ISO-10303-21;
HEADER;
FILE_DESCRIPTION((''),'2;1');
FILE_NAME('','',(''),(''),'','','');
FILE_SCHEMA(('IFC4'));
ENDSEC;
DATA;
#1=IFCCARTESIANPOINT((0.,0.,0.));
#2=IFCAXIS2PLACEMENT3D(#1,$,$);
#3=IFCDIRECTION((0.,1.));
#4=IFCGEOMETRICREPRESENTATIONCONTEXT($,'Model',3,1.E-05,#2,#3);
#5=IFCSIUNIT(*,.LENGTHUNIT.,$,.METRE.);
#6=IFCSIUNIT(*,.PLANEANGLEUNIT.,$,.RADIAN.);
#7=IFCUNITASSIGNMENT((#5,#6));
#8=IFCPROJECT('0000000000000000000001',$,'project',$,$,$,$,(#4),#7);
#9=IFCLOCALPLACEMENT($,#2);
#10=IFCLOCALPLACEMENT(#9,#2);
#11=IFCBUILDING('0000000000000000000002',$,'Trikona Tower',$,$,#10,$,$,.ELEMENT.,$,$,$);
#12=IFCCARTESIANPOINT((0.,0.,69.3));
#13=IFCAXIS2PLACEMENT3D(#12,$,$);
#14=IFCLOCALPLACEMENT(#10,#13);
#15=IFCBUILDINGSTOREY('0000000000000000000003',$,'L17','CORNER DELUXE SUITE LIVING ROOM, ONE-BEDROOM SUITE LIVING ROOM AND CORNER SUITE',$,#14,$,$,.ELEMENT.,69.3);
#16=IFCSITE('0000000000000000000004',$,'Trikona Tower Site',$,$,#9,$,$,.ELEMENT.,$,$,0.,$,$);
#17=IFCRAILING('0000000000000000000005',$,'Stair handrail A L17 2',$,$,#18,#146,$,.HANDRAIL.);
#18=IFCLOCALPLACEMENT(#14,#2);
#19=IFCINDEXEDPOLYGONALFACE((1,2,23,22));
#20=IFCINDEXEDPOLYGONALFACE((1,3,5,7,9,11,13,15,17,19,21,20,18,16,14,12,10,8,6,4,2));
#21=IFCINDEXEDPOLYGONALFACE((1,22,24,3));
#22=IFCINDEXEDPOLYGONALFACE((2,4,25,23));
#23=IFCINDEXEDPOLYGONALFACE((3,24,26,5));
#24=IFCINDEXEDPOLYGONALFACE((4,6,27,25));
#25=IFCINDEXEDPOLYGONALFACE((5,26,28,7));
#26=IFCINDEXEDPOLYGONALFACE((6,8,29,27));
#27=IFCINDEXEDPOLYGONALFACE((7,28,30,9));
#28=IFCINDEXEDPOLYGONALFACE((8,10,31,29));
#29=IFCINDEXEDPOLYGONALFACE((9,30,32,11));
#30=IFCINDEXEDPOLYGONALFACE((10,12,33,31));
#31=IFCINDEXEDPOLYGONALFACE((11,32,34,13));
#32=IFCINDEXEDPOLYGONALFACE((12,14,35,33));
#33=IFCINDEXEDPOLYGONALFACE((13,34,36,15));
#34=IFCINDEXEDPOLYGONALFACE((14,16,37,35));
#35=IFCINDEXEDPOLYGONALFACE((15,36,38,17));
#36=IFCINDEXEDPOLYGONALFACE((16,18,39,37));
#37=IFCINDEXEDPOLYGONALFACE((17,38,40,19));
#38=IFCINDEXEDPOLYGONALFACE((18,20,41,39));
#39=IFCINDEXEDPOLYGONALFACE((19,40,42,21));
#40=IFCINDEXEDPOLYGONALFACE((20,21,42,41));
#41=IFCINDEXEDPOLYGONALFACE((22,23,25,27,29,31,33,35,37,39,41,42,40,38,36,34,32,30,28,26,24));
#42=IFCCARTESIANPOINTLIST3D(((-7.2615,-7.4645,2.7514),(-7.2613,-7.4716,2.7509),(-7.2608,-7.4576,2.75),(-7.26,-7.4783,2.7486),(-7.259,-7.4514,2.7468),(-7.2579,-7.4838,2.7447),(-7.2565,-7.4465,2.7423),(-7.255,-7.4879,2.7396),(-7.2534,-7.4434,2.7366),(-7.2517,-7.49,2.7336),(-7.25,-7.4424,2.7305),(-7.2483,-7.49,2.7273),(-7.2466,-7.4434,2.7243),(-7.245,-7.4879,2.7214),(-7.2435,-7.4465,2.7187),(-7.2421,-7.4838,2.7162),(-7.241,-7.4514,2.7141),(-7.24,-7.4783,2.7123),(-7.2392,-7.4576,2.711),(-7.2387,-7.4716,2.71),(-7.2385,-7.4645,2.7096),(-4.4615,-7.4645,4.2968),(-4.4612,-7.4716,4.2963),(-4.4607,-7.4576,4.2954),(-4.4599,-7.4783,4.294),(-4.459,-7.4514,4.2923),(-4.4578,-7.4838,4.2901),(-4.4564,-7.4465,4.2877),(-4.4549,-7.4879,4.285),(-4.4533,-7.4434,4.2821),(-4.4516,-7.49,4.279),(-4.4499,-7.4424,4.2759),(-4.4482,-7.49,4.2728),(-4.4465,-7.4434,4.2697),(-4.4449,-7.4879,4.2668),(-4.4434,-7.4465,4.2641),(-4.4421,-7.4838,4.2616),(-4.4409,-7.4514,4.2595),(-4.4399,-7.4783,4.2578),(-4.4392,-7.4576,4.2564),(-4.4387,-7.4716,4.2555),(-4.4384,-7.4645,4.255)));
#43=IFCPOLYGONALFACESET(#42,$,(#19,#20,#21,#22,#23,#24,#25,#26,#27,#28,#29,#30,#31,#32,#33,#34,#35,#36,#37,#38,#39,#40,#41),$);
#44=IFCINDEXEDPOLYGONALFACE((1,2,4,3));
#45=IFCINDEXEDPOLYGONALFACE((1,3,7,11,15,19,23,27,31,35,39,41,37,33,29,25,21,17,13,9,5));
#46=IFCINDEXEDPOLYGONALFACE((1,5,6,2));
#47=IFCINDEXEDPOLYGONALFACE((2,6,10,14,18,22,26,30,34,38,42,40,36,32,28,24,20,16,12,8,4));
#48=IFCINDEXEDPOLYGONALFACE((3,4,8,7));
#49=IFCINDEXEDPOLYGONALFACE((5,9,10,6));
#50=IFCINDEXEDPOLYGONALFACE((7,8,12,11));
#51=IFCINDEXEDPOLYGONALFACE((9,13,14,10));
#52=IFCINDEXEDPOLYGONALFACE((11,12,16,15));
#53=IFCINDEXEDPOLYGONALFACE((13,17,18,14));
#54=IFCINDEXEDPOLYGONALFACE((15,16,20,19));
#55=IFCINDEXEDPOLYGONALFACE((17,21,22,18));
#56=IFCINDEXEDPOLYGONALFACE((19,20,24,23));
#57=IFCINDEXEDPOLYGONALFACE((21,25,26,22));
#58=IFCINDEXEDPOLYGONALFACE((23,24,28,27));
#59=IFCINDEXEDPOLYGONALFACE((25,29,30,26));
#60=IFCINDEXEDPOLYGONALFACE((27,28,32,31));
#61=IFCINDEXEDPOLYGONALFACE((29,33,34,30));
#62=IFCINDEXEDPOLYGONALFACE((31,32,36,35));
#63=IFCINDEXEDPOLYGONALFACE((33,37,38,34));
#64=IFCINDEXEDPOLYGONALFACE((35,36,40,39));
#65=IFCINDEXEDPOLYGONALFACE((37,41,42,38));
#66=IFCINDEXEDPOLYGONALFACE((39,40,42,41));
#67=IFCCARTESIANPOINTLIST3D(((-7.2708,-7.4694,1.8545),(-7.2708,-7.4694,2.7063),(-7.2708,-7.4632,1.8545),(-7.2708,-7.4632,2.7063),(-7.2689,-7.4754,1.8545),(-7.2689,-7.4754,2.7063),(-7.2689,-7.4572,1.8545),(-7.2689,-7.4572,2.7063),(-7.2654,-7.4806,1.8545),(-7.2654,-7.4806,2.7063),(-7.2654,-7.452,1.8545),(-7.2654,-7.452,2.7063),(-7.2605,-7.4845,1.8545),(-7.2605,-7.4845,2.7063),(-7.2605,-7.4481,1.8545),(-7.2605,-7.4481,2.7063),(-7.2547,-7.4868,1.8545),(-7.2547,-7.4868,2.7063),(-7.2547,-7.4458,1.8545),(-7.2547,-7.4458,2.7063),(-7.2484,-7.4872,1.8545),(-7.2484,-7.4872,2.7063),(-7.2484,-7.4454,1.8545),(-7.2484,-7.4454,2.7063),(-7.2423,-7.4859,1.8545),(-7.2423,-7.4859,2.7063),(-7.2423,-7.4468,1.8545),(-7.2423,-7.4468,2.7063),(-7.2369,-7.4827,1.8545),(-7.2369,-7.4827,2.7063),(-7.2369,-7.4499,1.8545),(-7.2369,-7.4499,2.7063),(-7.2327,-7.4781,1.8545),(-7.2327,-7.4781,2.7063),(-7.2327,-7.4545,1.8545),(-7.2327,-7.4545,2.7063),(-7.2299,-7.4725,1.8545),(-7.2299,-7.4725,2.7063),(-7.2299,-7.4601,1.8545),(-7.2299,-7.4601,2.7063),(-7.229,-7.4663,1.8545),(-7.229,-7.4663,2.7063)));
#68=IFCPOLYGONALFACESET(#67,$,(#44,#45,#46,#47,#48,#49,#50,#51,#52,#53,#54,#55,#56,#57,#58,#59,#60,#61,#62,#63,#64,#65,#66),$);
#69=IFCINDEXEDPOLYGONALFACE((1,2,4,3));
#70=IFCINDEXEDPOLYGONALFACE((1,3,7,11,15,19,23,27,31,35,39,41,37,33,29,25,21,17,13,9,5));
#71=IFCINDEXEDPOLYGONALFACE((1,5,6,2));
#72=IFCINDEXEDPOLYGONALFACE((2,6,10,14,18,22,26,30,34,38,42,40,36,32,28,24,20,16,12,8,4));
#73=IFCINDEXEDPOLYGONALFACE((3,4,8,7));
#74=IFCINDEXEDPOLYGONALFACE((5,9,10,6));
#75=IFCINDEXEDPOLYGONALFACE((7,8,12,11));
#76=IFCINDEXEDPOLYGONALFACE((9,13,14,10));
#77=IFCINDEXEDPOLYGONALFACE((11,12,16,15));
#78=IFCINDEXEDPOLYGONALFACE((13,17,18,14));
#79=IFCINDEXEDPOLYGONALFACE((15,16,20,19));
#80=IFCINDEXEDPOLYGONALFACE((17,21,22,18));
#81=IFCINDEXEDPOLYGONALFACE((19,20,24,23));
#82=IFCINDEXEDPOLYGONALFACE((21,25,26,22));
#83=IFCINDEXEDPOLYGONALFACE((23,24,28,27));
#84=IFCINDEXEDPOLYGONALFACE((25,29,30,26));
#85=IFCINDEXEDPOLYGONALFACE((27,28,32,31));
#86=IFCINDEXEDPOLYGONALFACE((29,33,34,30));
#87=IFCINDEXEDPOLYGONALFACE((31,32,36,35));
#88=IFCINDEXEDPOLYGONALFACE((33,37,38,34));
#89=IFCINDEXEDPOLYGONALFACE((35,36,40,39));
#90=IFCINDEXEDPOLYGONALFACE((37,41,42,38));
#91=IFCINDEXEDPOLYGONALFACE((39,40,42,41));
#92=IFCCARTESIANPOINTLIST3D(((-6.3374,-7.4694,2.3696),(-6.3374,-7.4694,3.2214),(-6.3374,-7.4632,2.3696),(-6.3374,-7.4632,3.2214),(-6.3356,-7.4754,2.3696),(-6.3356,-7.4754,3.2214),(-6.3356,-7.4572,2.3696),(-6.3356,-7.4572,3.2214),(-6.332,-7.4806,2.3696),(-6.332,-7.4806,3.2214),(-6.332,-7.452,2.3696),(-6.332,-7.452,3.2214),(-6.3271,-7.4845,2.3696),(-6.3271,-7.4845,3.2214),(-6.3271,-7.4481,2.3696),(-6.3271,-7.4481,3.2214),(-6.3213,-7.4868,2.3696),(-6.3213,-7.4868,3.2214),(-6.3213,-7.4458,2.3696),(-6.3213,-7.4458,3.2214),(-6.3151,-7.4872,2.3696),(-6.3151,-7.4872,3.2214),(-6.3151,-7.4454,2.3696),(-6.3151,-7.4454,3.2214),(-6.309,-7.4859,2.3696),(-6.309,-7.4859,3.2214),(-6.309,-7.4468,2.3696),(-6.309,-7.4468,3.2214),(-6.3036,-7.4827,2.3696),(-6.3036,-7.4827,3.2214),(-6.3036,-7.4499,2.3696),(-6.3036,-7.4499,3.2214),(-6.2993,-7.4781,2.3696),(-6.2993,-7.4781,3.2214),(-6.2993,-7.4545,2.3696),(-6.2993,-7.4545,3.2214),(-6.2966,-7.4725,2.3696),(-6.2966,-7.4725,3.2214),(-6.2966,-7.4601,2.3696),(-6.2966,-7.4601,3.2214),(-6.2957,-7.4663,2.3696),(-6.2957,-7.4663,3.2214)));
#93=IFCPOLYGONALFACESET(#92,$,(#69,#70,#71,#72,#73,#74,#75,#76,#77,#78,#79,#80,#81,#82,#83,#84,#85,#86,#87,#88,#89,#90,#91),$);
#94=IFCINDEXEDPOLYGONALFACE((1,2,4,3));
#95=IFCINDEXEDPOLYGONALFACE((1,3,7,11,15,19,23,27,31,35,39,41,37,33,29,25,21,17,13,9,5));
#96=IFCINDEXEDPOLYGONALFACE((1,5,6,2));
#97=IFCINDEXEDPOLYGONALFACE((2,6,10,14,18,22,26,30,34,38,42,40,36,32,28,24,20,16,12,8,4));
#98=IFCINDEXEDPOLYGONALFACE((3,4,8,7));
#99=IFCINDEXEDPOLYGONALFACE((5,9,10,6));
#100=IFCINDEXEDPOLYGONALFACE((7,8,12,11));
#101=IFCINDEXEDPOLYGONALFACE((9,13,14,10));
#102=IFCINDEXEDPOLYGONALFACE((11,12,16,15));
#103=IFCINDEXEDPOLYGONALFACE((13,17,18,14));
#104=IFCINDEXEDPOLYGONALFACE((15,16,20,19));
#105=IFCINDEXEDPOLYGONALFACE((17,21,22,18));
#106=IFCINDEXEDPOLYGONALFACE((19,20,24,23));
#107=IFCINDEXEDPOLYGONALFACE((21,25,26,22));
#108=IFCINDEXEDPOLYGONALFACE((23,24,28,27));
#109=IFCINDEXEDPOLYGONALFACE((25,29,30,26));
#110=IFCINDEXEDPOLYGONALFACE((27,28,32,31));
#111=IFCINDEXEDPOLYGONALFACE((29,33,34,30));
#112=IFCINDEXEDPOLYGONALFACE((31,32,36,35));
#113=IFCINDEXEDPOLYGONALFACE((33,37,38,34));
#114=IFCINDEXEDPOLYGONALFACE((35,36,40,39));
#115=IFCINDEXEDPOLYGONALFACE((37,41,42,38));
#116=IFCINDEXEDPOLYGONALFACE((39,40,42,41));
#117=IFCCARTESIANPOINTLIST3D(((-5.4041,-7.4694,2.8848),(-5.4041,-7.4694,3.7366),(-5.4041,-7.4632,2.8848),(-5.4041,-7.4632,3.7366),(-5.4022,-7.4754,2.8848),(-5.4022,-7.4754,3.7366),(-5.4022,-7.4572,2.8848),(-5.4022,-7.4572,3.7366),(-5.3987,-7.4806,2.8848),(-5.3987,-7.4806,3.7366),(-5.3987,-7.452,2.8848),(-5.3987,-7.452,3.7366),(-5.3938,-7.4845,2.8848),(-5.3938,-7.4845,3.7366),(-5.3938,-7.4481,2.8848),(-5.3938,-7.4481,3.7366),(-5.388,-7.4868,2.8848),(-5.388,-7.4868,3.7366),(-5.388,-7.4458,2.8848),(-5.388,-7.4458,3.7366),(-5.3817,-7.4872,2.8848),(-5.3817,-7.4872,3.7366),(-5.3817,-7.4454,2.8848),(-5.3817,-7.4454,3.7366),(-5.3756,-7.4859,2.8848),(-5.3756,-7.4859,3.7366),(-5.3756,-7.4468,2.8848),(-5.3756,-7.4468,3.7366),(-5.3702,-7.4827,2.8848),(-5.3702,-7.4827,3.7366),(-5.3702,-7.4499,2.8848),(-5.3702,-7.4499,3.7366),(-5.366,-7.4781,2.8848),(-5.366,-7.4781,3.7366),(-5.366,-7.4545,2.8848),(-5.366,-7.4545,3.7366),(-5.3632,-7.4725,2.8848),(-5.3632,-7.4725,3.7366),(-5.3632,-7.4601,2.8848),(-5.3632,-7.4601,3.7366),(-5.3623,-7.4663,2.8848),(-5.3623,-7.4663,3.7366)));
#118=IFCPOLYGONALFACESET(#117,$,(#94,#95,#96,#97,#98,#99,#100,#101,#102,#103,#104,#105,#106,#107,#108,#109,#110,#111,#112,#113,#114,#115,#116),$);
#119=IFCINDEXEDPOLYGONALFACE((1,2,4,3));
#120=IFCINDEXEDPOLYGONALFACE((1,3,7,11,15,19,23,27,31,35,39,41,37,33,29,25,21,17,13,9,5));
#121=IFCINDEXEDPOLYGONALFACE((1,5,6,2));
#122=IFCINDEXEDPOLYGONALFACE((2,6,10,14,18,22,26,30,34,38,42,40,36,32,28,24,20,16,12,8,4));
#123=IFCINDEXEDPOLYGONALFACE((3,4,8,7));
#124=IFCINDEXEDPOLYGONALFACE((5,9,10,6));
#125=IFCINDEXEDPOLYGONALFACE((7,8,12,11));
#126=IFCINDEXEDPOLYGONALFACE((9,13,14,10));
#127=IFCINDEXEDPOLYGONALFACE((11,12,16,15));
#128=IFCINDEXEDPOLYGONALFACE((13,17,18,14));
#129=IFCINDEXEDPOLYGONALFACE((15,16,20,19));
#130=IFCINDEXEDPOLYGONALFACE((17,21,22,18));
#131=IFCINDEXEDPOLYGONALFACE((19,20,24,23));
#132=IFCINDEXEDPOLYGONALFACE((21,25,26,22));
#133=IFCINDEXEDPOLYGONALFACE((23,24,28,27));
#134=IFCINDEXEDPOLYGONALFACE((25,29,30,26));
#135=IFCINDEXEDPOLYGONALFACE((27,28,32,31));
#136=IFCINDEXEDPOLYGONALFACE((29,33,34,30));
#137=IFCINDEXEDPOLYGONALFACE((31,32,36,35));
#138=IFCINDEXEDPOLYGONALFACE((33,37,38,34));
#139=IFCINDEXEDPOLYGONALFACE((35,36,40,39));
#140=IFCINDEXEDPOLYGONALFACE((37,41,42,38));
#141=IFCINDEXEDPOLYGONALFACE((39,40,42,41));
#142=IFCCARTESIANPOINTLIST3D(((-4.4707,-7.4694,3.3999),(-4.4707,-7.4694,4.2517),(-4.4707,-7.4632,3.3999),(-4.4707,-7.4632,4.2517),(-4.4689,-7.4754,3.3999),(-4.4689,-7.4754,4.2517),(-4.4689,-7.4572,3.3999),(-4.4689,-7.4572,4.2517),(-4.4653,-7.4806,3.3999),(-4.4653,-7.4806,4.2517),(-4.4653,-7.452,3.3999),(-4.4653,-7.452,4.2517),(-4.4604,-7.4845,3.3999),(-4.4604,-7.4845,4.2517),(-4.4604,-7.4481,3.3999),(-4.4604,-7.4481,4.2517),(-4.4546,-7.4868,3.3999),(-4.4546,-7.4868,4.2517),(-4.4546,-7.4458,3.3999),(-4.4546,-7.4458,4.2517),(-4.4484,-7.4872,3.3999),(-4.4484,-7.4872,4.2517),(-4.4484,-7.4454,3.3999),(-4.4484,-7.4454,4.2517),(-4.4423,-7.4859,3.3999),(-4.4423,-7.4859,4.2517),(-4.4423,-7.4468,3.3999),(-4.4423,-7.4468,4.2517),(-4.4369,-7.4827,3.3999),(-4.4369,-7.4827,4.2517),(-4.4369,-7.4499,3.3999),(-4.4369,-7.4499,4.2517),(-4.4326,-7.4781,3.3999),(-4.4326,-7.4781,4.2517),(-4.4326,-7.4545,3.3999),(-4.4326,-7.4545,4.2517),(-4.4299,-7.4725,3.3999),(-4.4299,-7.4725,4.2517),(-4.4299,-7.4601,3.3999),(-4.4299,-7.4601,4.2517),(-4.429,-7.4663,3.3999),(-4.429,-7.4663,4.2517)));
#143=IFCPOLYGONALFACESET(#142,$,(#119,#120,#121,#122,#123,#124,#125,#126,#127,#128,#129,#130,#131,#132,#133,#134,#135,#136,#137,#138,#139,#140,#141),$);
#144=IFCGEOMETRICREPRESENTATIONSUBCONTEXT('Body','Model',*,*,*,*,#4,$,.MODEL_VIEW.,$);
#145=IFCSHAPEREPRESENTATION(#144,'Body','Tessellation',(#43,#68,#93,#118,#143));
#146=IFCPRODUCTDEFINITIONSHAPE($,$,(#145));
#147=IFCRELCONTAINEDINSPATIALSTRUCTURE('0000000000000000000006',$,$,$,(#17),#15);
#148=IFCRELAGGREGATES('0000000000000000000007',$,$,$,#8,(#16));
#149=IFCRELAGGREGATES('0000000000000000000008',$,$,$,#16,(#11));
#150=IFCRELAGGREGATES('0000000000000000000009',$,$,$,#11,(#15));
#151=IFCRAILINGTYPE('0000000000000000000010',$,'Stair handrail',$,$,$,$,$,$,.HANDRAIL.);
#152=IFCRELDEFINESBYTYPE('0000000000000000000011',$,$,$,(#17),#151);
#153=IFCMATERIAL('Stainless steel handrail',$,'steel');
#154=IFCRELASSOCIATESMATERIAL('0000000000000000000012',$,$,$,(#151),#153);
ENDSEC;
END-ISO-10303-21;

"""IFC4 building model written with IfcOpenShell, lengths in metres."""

from ifc_helpers import new_model, si_unit, direction, frame, origin, origin_2d, place, context, subcontext, project, spatial, circle, extrude, material, type_object, element, save


model = new_model("IFC4")

# Units and contexts
model_context = context("Model", 3, precision=1e-05, world=origin(), true_north=direction((0.0, 1.0)))
body_context = subcontext(model_context, "Body", "Model", "MODEL_VIEW")
ifc_project = project(units=[si_unit("LENGTHUNIT", "METRE"), si_unit("PLANEANGLEUNIT", "RADIAN")], contexts=[model_context])

# Site, building, storey
site_placement = place(None, origin())
site = spatial("IfcSite", under=ifc_project, at=site_placement, Name="Trikona Tower Site", CompositionType="ELEMENT", RefElevation=0.0)
building_placement = place(site_placement, origin())
building = spatial("IfcBuilding", under=site, at=building_placement, Name="Trikona Tower", CompositionType="ELEMENT")
storey_placement = place(building_placement, frame((0.0, 0.0, 69.3)))
storey = spatial("IfcBuildingStorey", under=building, at=storey_placement, Name="L17", Description="CORNER DELUXE SUITE LIVING ROOM, ONE-BEDROOM SUITE LIVING ROOM AND CORNER SUITE", CompositionType="ELEMENT", Elevation=69.3)

# Railing
ifc_material_1 = material(Name="Stainless steel handrail", Category="steel")
railing_type = type_object("IfcRailingType", Name="Stair handrail", PredefinedType="HANDRAIL", material=ifc_material_1)
railing_placement = place(storey_placement, frame((-7.25, -7.4663, 1.8545)))
element("IfcRailing", 1, at=railing_placement, inside=storey, type_object=railing_type, Name="Stair handrail A L17 2", PredefinedType="HANDRAIL", context=body_context, shape_type="SweptSolid", body=[
    extrude(circle(Radius=0.0239, at=origin_2d()), frame((0.0, 0.0, 0.876), z_axis=(0.875504, 0.0, 0.483211), x_axis=(0.0, 1.0, 0.0)), (0.0, 0.0, 1.0), 3.1982),
    extrude(circle(Radius=0.021, at=origin_2d()), origin(), (0.0, 0.0, 1.0), 0.8518),
    extrude(circle(Radius=0.021, at=origin_2d()), frame((0.9333, 0.0, 0.5151)), (0.0, 0.0, 1.0), 0.8518),
    extrude(circle(Radius=0.021, at=origin_2d()), frame((1.8667, 0.0, 1.0303)), (0.0, 0.0, 1.0), 0.8518),
    extrude(circle(Radius=0.021, at=origin_2d()), frame((2.8, 0.0, 1.5454)), (0.0, 0.0, 1.0), 0.8518),
])

save(model, "model.ifc")
